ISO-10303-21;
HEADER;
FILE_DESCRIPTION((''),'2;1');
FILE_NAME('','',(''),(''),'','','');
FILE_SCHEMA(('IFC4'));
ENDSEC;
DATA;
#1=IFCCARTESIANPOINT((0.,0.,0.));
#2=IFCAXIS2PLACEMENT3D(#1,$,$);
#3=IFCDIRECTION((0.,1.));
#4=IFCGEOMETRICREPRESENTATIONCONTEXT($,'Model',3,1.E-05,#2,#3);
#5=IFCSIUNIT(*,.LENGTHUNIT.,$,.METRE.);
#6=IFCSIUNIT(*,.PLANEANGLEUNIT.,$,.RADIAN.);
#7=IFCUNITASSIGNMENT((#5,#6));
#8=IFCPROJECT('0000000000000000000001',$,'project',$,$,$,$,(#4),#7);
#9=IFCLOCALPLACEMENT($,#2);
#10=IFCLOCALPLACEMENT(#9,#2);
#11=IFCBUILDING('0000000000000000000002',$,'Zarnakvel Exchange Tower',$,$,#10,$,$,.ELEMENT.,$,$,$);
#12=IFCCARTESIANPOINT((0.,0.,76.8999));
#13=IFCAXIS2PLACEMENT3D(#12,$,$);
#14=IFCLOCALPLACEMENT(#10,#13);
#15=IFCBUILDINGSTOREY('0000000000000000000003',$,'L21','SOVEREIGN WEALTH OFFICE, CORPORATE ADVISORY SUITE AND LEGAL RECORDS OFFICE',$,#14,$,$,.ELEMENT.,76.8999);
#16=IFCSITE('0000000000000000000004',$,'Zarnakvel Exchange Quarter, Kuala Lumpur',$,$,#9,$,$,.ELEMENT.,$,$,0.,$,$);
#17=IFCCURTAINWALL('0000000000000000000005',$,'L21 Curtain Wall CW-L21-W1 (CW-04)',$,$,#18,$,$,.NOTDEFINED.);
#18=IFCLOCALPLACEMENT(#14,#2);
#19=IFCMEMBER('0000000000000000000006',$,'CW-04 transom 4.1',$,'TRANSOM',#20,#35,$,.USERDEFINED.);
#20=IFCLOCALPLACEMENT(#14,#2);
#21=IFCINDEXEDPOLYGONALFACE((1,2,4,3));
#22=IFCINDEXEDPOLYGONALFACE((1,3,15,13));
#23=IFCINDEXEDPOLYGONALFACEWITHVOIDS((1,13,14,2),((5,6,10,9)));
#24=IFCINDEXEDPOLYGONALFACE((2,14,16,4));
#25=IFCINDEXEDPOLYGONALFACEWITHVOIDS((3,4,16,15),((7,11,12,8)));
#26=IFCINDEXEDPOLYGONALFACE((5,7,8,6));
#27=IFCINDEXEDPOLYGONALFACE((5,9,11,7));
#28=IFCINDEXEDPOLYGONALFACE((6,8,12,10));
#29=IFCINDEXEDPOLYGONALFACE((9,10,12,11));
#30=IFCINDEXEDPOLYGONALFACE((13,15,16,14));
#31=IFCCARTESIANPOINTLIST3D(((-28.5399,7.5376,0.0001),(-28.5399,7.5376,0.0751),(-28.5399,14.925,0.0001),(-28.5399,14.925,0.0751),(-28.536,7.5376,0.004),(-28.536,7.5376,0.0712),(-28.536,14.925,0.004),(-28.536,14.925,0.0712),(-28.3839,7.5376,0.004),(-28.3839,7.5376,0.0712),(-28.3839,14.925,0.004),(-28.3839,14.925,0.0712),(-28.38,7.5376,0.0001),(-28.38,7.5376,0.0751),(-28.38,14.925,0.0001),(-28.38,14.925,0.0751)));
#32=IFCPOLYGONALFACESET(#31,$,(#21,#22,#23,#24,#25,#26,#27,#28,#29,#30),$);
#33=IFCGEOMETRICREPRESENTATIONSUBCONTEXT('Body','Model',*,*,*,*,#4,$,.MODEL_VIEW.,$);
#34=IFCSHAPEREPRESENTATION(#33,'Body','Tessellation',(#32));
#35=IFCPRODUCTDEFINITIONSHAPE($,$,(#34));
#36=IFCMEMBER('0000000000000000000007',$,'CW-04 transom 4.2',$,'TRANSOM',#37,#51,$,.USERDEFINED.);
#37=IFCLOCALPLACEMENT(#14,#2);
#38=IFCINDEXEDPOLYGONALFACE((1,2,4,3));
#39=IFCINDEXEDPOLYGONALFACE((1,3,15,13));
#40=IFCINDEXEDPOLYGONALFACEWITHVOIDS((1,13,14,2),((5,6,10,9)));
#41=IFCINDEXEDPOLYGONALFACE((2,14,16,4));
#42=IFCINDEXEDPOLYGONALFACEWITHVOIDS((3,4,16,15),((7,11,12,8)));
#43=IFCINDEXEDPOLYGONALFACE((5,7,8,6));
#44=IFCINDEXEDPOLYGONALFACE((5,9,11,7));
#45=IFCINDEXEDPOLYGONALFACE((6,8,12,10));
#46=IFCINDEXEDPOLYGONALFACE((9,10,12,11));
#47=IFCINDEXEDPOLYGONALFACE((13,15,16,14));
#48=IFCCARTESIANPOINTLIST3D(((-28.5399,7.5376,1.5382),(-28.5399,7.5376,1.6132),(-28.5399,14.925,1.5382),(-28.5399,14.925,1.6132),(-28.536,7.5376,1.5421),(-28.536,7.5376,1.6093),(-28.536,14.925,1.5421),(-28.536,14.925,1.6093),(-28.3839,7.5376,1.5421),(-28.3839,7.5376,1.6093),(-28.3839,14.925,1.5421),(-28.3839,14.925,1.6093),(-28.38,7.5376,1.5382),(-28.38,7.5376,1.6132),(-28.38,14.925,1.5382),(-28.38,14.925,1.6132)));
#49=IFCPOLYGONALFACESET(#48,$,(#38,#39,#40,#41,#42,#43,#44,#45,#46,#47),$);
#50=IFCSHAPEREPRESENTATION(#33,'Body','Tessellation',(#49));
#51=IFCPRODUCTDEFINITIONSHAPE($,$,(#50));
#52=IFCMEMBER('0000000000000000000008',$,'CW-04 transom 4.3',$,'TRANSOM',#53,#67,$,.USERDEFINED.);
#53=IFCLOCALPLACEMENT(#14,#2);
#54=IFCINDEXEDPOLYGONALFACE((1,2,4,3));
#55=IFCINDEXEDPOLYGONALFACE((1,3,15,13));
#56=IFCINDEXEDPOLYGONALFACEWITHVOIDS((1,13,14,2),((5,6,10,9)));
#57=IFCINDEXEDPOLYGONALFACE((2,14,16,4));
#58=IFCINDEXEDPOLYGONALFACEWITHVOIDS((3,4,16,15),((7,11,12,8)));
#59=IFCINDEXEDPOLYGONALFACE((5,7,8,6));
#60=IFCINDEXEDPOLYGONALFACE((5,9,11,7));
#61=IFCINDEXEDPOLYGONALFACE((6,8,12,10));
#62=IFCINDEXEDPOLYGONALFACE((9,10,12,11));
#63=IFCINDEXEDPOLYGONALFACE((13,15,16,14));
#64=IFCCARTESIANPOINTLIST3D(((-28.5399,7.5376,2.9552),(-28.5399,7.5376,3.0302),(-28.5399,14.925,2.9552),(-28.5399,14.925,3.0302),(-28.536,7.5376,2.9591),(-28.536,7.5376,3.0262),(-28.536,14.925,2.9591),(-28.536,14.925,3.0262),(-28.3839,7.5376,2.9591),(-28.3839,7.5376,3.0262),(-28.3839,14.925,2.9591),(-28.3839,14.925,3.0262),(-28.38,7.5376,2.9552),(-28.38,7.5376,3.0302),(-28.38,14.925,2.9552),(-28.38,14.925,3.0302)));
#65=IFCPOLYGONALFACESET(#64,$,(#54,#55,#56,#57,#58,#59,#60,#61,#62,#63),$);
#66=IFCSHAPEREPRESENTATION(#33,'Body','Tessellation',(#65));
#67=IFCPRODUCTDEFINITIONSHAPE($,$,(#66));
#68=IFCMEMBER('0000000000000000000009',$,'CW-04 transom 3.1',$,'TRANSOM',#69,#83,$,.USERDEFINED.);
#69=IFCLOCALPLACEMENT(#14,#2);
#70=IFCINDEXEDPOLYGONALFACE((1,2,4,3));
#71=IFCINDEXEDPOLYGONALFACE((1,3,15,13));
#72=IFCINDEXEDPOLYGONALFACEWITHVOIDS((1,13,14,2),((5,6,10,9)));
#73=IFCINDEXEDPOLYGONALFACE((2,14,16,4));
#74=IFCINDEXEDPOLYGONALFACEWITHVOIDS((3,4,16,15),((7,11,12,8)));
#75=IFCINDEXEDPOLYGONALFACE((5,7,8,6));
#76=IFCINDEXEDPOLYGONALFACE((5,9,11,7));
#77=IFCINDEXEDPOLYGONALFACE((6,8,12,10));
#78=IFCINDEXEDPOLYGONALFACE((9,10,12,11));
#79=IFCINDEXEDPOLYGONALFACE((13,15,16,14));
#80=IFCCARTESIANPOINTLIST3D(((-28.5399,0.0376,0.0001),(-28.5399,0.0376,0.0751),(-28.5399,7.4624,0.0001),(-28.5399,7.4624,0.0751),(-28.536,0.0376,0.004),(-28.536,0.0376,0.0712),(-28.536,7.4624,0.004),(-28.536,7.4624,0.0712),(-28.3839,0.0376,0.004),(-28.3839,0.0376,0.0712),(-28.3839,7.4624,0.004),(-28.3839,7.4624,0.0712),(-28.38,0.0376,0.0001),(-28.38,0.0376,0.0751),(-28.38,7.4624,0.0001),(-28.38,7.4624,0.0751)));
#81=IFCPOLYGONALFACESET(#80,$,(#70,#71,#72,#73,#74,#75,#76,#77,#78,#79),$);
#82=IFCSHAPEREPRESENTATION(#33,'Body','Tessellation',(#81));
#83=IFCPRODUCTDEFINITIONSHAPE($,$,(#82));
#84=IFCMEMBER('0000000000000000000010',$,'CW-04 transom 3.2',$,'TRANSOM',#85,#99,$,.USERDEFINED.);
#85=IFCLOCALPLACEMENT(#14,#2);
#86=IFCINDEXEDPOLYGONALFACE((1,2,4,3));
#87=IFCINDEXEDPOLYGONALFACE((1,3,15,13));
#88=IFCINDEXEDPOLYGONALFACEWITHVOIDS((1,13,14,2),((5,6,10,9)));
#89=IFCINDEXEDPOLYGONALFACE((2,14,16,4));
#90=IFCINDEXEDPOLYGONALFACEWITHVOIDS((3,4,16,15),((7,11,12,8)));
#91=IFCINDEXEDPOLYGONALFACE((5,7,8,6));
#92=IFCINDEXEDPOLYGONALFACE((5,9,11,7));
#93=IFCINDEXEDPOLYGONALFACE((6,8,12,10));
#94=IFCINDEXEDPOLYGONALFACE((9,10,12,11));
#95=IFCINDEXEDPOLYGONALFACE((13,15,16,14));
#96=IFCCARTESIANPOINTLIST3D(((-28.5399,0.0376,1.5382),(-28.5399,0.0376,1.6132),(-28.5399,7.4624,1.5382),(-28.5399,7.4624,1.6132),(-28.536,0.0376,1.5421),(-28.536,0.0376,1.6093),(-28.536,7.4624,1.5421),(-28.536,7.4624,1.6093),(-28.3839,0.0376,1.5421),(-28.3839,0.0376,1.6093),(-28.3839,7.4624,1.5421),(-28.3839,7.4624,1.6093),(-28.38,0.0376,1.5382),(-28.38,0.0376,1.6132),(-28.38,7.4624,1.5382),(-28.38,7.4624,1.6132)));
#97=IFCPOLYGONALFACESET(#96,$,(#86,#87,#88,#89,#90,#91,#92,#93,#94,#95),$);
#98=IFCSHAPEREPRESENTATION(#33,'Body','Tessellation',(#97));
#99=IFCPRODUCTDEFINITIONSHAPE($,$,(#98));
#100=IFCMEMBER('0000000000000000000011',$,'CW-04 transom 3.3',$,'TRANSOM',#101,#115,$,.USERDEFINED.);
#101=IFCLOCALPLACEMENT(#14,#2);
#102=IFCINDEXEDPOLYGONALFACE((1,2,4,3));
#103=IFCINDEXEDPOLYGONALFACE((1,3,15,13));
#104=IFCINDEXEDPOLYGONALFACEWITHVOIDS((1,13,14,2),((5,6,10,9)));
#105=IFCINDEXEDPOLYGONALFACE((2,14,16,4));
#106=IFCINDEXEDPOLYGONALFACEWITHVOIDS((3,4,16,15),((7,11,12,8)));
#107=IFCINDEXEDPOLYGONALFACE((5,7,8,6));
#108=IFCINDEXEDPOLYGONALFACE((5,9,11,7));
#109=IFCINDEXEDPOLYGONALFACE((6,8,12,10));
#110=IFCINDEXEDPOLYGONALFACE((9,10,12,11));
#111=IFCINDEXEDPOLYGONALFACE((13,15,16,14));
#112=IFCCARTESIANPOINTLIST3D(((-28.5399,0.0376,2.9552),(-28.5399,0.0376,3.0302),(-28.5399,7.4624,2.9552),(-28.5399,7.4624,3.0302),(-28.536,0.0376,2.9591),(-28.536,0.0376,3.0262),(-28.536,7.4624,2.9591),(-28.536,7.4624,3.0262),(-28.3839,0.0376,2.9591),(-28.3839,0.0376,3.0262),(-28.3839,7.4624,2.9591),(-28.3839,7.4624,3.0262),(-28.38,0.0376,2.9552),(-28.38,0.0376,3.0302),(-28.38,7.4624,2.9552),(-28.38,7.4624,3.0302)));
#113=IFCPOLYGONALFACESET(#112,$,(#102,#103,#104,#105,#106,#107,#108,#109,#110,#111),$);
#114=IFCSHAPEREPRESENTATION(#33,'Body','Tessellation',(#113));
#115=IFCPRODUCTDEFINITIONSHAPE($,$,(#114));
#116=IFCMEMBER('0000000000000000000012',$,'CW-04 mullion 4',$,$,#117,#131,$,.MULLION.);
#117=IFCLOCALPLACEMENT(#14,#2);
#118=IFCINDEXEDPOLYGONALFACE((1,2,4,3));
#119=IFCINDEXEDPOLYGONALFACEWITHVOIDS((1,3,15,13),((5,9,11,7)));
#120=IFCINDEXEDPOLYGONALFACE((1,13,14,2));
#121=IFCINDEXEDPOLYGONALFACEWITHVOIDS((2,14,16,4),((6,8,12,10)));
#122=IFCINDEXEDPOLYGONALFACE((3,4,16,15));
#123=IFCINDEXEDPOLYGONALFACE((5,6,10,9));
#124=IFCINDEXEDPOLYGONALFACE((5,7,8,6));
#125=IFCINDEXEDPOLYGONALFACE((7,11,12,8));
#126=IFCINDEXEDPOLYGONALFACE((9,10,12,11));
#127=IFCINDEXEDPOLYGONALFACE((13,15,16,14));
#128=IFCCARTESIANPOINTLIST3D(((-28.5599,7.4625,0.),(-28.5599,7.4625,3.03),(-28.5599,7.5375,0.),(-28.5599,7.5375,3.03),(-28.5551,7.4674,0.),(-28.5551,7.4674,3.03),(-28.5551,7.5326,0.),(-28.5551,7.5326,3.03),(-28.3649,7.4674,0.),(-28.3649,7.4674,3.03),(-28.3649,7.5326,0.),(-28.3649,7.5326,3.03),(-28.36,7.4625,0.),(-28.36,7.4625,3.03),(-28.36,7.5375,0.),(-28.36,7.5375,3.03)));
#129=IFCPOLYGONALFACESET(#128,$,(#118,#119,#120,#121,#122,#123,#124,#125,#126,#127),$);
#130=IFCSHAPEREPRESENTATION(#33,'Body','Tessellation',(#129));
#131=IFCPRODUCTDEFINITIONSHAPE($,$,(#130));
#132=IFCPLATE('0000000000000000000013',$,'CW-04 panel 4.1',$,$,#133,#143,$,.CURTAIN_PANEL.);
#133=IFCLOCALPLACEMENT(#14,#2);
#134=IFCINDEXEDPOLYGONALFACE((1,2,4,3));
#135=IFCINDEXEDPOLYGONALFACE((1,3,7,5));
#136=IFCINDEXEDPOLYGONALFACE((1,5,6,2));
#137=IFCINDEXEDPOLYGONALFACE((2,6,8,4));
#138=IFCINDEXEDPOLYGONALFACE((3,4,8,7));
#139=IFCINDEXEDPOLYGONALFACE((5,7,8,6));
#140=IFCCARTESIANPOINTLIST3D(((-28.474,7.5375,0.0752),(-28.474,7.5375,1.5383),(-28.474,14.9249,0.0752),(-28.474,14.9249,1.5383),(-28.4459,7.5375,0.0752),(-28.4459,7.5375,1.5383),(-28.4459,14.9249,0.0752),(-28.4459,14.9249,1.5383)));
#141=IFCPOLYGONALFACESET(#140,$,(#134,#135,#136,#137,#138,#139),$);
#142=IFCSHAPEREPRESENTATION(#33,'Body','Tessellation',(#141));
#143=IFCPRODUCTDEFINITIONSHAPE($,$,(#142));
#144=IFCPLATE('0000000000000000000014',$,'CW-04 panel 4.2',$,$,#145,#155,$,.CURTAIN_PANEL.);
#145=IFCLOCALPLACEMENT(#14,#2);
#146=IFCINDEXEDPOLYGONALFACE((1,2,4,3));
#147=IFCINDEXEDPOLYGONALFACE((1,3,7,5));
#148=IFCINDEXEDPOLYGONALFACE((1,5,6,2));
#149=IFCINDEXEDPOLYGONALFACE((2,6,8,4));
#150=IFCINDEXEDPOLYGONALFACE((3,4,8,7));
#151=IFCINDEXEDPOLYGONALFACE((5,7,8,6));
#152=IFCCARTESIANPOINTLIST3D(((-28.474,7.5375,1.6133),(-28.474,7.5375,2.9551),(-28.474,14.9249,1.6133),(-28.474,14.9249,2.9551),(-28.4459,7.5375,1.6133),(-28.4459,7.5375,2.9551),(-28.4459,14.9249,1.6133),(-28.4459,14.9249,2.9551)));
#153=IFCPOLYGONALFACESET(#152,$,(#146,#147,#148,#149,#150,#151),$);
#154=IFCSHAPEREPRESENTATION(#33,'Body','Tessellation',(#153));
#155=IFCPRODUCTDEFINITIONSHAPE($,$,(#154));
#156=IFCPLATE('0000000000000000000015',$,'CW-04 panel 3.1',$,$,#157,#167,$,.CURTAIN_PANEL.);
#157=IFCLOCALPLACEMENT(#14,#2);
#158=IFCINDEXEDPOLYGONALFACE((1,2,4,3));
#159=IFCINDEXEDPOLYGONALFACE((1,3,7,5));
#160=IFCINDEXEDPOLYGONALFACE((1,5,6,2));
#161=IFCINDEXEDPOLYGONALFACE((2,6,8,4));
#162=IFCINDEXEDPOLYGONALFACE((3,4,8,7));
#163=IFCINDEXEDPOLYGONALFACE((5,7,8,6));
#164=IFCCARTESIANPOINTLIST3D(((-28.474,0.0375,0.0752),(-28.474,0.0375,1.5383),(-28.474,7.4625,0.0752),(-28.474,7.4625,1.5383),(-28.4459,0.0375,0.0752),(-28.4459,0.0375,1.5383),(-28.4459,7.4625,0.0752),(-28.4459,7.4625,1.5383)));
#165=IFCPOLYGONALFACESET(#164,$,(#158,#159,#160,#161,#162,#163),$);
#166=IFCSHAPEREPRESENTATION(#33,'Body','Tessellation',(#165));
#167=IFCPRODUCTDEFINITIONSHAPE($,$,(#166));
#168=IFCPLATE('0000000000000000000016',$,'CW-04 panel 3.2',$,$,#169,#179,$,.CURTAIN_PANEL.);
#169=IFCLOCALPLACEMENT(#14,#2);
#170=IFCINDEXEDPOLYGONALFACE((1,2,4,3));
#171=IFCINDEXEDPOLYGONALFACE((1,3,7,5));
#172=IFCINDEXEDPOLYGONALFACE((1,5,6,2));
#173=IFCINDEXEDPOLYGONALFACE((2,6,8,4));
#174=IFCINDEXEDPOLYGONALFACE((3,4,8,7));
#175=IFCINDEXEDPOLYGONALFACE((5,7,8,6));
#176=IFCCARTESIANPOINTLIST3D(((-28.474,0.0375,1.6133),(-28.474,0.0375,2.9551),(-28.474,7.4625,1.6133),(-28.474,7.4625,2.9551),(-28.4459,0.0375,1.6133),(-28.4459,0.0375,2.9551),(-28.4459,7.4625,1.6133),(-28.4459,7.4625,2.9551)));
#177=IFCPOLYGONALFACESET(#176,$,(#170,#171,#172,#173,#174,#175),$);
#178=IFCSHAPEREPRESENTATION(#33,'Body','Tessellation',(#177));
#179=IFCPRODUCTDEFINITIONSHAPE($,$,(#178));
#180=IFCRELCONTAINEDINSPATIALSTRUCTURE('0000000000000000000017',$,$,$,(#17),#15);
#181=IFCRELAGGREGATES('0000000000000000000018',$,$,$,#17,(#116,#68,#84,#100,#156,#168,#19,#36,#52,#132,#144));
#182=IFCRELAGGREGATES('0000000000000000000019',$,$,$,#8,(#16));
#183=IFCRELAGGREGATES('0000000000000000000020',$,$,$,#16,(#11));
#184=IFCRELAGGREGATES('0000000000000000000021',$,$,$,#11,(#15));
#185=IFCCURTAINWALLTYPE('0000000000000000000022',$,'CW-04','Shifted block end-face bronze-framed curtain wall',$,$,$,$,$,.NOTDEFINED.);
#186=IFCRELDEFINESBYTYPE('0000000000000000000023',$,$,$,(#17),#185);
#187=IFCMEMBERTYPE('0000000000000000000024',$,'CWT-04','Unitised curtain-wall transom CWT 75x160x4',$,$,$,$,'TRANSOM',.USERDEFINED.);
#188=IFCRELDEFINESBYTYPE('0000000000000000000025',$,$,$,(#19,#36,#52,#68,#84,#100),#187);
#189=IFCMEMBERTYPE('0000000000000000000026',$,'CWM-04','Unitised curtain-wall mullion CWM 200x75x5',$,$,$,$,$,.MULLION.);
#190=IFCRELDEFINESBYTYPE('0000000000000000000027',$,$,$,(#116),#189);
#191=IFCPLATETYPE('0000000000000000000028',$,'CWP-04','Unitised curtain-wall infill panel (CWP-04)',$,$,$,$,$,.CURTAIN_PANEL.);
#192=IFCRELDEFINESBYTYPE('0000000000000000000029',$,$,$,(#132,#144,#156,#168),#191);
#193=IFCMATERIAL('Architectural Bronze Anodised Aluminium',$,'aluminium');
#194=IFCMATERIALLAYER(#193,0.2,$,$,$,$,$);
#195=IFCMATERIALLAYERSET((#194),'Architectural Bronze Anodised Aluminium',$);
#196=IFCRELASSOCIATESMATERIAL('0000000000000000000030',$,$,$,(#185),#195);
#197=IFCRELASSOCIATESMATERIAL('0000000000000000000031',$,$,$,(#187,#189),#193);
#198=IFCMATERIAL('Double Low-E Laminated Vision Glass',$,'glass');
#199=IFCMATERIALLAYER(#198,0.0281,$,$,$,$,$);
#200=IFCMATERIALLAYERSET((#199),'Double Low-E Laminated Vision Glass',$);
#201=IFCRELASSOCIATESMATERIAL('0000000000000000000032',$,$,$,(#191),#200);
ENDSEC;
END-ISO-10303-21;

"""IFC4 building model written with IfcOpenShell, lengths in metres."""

from ifc_helpers import new_model, si_unit, direction, frame, origin, origin_2d, place, context, subcontext, project, spatial, rectangle, hollow_rectangle, extrude, source, transform, mapped, material, layer, layer_set, material_profile, profile_set, type_object, element, aggregate, save


model = new_model("IFC4")

# Units and contexts
model_context = context("Model", 3, precision=1e-05, world=origin(), true_north=direction((0.0, 1.0)))
body_context = subcontext(model_context, "Body", "Model", "MODEL_VIEW")
ifc_project = project(units=[si_unit("LENGTHUNIT", "METRE"), si_unit("PLANEANGLEUNIT", "RADIAN")], contexts=[model_context])

# Site, building, storey
site_placement = place(None, origin())
site = spatial("IfcSite", under=ifc_project, at=site_placement, Name="Zarnakvel Exchange Quarter, Kuala Lumpur", CompositionType="ELEMENT", RefElevation=0.0)
building_placement = place(site_placement, origin())
building = spatial("IfcBuilding", under=site, at=building_placement, Name="Zarnakvel Exchange Tower", CompositionType="ELEMENT")
storey_placement = place(building_placement, frame((0.0, 0.0, 76.8999)))
storey = spatial("IfcBuildingStorey", under=building, at=storey_placement, Name="L21", Description="SOVEREIGN WEALTH OFFICE, CORPORATE ADVISORY SUITE AND LEGAL RECORDS OFFICE", CompositionType="ELEMENT", Elevation=76.8999)

# Curtain wall, members, plates
ifc_material_1 = material(Name="Architectural Bronze Anodised Aluminium", Category="aluminium")
ifc_layer_1 = layer(ifc_material_1, 0.2)
ifc_layer_set_1 = layer_set([ifc_layer_1], Name="Architectural Bronze Anodised Aluminium")
curtain_wall_type = type_object("IfcCurtainWallType", Name="CW-04", Description="Shifted block end-face bronze-framed curtain wall", PredefinedType="NOTDEFINED", material=ifc_layer_set_1)
curtain_wall_placement = place(storey_placement, origin())
curtain_wall = element("IfcCurtainWall", 1, at=curtain_wall_placement, inside=storey, type_object=curtain_wall_type, Name="L21 Curtain Wall CW-L21-W1 (CW-04)", PredefinedType="NOTDEFINED")
ifc_material_profile_1 = material_profile(ifc_material_1, hollow_rectangle(XDim=0.1599, YDim=0.075, WallThickness=0.0039, at=origin_2d()))
ifc_profile_set_1 = profile_set([ifc_material_profile_1], Name="Architectural Bronze Anodised Aluminium")
member_type_1 = type_object("IfcMemberType", Name="CWT-04", Description="Unitised curtain-wall transom CWT 75x160x4", ElementType="TRANSOM", PredefinedType="USERDEFINED", material=ifc_profile_set_1)
shared_shape_1 = source(origin(), body_context, "Body", "SweptSolid", [
    extrude(hollow_rectangle(XDim=0.1599, YDim=0.075, WallThickness=0.0039, at=origin_2d()), origin(), (0.0, 0.0, 1.0), 7.3875),
])
member_1_placement = place(storey_placement, frame((-28.46, 7.5376, 0.0376), z_axis=(0.0, 1.0, 0.0), x_axis=(-1.0, 0.0, 0.0)))
member_1 = element("IfcMember", 2, at=member_1_placement, type_object=member_type_1, Name="CW-04 transom 4.1", ObjectType="TRANSOM", PredefinedType="USERDEFINED", context=body_context, shape_type="MappedRepresentation", body=[
    mapped(shared_shape_1, transform((0.0, 0.0, 0.0), x_axis=(1.0, 0.0, 0.0), y_axis=(0.0, 1.0, 0.0), z_axis=(0.0, 0.0, 1.0), scale=1.0)),
])
member_2_placement = place(storey_placement, frame((-28.46, 7.5376, 1.5757), z_axis=(0.0, 1.0, 0.0), x_axis=(-1.0, 0.0, 0.0)))
member_2 = element("IfcMember", 3, at=member_2_placement, type_object=member_type_1, Name="CW-04 transom 4.2", ObjectType="TRANSOM", PredefinedType="USERDEFINED", context=body_context, shape_type="MappedRepresentation", body=[
    mapped(shared_shape_1, transform((0.0, 0.0, 0.0), x_axis=(1.0, 0.0, 0.0), y_axis=(0.0, 1.0, 0.0), z_axis=(0.0, 0.0, 1.0), scale=1.0)),
])
member_3_placement = place(storey_placement, frame((-28.46, 7.5376, 2.9927), z_axis=(0.0, 1.0, 0.0), x_axis=(-1.0, 0.0, 0.0)))
member_3 = element("IfcMember", 4, at=member_3_placement, type_object=member_type_1, Name="CW-04 transom 4.3", ObjectType="TRANSOM", PredefinedType="USERDEFINED", context=body_context, shape_type="MappedRepresentation", body=[
    mapped(shared_shape_1, transform((0.0, 0.0, 0.0), x_axis=(1.0, 0.0, 0.0), y_axis=(0.0, 1.0, 0.0), z_axis=(0.0, 0.0, 1.0), scale=1.0)),
])
shared_shape_2 = source(origin(), body_context, "Body", "SweptSolid", [
    extrude(hollow_rectangle(XDim=0.1599, YDim=0.075, WallThickness=0.0039, at=origin_2d()), origin(), (0.0, 0.0, 1.0), 7.4248),
])
member_4_placement = place(storey_placement, frame((-28.46, 0.0376, 0.0376), z_axis=(0.0, 1.0, 0.0), x_axis=(-1.0, 0.0, 0.0)))
member_4 = element("IfcMember", 5, at=member_4_placement, type_object=member_type_1, Name="CW-04 transom 3.1", ObjectType="TRANSOM", PredefinedType="USERDEFINED", context=body_context, shape_type="MappedRepresentation", body=[
    mapped(shared_shape_2, transform((0.0, 0.0, 0.0), x_axis=(1.0, 0.0, 0.0), y_axis=(0.0, 1.0, 0.0), z_axis=(0.0, 0.0, 1.0), scale=1.0)),
])
member_5_placement = place(storey_placement, frame((-28.46, 0.0376, 1.5757), z_axis=(0.0, 1.0, 0.0), x_axis=(-1.0, 0.0, 0.0)))
member_5 = element("IfcMember", 6, at=member_5_placement, type_object=member_type_1, Name="CW-04 transom 3.2", ObjectType="TRANSOM", PredefinedType="USERDEFINED", context=body_context, shape_type="MappedRepresentation", body=[
    mapped(shared_shape_2, transform((0.0, 0.0, 0.0), x_axis=(1.0, 0.0, 0.0), y_axis=(0.0, 1.0, 0.0), z_axis=(0.0, 0.0, 1.0), scale=1.0)),
])
member_6_placement = place(storey_placement, frame((-28.46, 0.0376, 2.9927), z_axis=(0.0, 1.0, 0.0), x_axis=(-1.0, 0.0, 0.0)))
member_6 = element("IfcMember", 7, at=member_6_placement, type_object=member_type_1, Name="CW-04 transom 3.3", ObjectType="TRANSOM", PredefinedType="USERDEFINED", context=body_context, shape_type="MappedRepresentation", body=[
    mapped(shared_shape_2, transform((0.0, 0.0, 0.0), x_axis=(1.0, 0.0, 0.0), y_axis=(0.0, 1.0, 0.0), z_axis=(0.0, 0.0, 1.0), scale=1.0)),
])
ifc_material_profile_2 = material_profile(ifc_material_1, hollow_rectangle(XDim=0.2, YDim=0.075, WallThickness=0.0049, at=origin_2d()))
ifc_profile_set_2 = profile_set([ifc_material_profile_2], Name="Architectural Bronze Anodised Aluminium")
member_type_2 = type_object("IfcMemberType", Name="CWM-04", Description="Unitised curtain-wall mullion CWM 200x75x5", PredefinedType="MULLION", material=ifc_profile_set_2)
shared_shape_3 = source(origin(), body_context, "Body", "SweptSolid", [
    extrude(hollow_rectangle(XDim=0.2, YDim=0.075, WallThickness=0.0049, at=origin_2d()), origin(), (0.0, 0.0, 1.0), 3.03),
])
member_7_placement = place(storey_placement, frame((-28.46, 7.5, 0.0), z_axis=(0.0, 0.0, 1.0), x_axis=(-1.0, 0.0, 0.0)))
member_7 = element("IfcMember", 8, at=member_7_placement, type_object=member_type_2, Name="CW-04 mullion 4", PredefinedType="MULLION", context=body_context, shape_type="MappedRepresentation", body=[
    mapped(shared_shape_3, transform((0.0, 0.0, 0.0), x_axis=(1.0, 0.0, 0.0), y_axis=(0.0, 1.0, 0.0), z_axis=(0.0, 0.0, 1.0), scale=1.0)),
])
ifc_material_2 = material(Name="Double Low-E Laminated Vision Glass", Category="glass")
ifc_layer_2 = layer(ifc_material_2, 0.0281)
ifc_layer_set_2 = layer_set([ifc_layer_2], Name="Double Low-E Laminated Vision Glass")
plate_type = type_object("IfcPlateType", Name="CWP-04", Description="Unitised curtain-wall infill panel (CWP-04)", PredefinedType="CURTAIN_PANEL", material=ifc_layer_set_2)
shared_shape_4 = source(origin(), body_context, "Body", "SweptSolid", [
    extrude(rectangle(XDim=7.3875, YDim=0.0281, at=origin_2d()), origin(), (0.0, 0.0, 1.0), 1.4631),
])
plate_1_placement = place(storey_placement, frame((-28.46, 11.2312, 0.0752), z_axis=(0.0, 0.0, 1.0), x_axis=(0.0, 1.0, 0.0)))
plate_1 = element("IfcPlate", 9, at=plate_1_placement, type_object=plate_type, Name="CW-04 panel 4.1", PredefinedType="CURTAIN_PANEL", context=body_context, shape_type="MappedRepresentation", body=[
    mapped(shared_shape_4, transform((0.0, 0.0, 0.0), x_axis=(1.0, 0.0, 0.0), y_axis=(0.0, 1.0, 0.0), z_axis=(0.0, 0.0, 1.0), scale=1.0)),
])
shared_shape_5 = source(origin(), body_context, "Body", "SweptSolid", [
    extrude(rectangle(XDim=7.3875, YDim=0.0281, at=origin_2d()), origin(), (0.0, 0.0, 1.0), 1.3418),
])
plate_2_placement = place(storey_placement, frame((-28.46, 11.2312, 1.6133), z_axis=(0.0, 0.0, 1.0), x_axis=(0.0, 1.0, 0.0)))
plate_2 = element("IfcPlate", 10, at=plate_2_placement, type_object=plate_type, Name="CW-04 panel 4.2", PredefinedType="CURTAIN_PANEL", context=body_context, shape_type="MappedRepresentation", body=[
    mapped(shared_shape_5, transform((0.0, 0.0, 0.0), x_axis=(1.0, 0.0, 0.0), y_axis=(0.0, 1.0, 0.0), z_axis=(0.0, 0.0, 1.0), scale=1.0)),
])
shared_shape_6 = source(origin(), body_context, "Body", "SweptSolid", [
    extrude(rectangle(XDim=7.425, YDim=0.0281, at=origin_2d()), origin(), (0.0, 0.0, 1.0), 1.4631),
])
plate_3_placement = place(storey_placement, frame((-28.46, 3.75, 0.0752), z_axis=(0.0, 0.0, 1.0), x_axis=(0.0, 1.0, 0.0)))
plate_3 = element("IfcPlate", 11, at=plate_3_placement, type_object=plate_type, Name="CW-04 panel 3.1", PredefinedType="CURTAIN_PANEL", context=body_context, shape_type="MappedRepresentation", body=[
    mapped(shared_shape_6, transform((0.0, 0.0, 0.0), x_axis=(1.0, 0.0, 0.0), y_axis=(0.0, 1.0, 0.0), z_axis=(0.0, 0.0, 1.0), scale=1.0)),
])
shared_shape_7 = source(origin(), body_context, "Body", "SweptSolid", [
    extrude(rectangle(XDim=7.425, YDim=0.0281, at=origin_2d()), origin(), (0.0, 0.0, 1.0), 1.3418),
])
plate_4_placement = place(storey_placement, frame((-28.46, 3.75, 1.6133), z_axis=(0.0, 0.0, 1.0), x_axis=(0.0, 1.0, 0.0)))
plate_4 = element("IfcPlate", 12, at=plate_4_placement, type_object=plate_type, Name="CW-04 panel 3.2", PredefinedType="CURTAIN_PANEL", context=body_context, shape_type="MappedRepresentation", body=[
    mapped(shared_shape_7, transform((0.0, 0.0, 0.0), x_axis=(1.0, 0.0, 0.0), y_axis=(0.0, 1.0, 0.0), z_axis=(0.0, 0.0, 1.0), scale=1.0)),
])
aggregate(curtain_wall, [member_7, member_4, member_5, member_6, plate_3, plate_4, member_1, member_2, member_3, plate_1, plate_2])

save(model, "model.ifc")
